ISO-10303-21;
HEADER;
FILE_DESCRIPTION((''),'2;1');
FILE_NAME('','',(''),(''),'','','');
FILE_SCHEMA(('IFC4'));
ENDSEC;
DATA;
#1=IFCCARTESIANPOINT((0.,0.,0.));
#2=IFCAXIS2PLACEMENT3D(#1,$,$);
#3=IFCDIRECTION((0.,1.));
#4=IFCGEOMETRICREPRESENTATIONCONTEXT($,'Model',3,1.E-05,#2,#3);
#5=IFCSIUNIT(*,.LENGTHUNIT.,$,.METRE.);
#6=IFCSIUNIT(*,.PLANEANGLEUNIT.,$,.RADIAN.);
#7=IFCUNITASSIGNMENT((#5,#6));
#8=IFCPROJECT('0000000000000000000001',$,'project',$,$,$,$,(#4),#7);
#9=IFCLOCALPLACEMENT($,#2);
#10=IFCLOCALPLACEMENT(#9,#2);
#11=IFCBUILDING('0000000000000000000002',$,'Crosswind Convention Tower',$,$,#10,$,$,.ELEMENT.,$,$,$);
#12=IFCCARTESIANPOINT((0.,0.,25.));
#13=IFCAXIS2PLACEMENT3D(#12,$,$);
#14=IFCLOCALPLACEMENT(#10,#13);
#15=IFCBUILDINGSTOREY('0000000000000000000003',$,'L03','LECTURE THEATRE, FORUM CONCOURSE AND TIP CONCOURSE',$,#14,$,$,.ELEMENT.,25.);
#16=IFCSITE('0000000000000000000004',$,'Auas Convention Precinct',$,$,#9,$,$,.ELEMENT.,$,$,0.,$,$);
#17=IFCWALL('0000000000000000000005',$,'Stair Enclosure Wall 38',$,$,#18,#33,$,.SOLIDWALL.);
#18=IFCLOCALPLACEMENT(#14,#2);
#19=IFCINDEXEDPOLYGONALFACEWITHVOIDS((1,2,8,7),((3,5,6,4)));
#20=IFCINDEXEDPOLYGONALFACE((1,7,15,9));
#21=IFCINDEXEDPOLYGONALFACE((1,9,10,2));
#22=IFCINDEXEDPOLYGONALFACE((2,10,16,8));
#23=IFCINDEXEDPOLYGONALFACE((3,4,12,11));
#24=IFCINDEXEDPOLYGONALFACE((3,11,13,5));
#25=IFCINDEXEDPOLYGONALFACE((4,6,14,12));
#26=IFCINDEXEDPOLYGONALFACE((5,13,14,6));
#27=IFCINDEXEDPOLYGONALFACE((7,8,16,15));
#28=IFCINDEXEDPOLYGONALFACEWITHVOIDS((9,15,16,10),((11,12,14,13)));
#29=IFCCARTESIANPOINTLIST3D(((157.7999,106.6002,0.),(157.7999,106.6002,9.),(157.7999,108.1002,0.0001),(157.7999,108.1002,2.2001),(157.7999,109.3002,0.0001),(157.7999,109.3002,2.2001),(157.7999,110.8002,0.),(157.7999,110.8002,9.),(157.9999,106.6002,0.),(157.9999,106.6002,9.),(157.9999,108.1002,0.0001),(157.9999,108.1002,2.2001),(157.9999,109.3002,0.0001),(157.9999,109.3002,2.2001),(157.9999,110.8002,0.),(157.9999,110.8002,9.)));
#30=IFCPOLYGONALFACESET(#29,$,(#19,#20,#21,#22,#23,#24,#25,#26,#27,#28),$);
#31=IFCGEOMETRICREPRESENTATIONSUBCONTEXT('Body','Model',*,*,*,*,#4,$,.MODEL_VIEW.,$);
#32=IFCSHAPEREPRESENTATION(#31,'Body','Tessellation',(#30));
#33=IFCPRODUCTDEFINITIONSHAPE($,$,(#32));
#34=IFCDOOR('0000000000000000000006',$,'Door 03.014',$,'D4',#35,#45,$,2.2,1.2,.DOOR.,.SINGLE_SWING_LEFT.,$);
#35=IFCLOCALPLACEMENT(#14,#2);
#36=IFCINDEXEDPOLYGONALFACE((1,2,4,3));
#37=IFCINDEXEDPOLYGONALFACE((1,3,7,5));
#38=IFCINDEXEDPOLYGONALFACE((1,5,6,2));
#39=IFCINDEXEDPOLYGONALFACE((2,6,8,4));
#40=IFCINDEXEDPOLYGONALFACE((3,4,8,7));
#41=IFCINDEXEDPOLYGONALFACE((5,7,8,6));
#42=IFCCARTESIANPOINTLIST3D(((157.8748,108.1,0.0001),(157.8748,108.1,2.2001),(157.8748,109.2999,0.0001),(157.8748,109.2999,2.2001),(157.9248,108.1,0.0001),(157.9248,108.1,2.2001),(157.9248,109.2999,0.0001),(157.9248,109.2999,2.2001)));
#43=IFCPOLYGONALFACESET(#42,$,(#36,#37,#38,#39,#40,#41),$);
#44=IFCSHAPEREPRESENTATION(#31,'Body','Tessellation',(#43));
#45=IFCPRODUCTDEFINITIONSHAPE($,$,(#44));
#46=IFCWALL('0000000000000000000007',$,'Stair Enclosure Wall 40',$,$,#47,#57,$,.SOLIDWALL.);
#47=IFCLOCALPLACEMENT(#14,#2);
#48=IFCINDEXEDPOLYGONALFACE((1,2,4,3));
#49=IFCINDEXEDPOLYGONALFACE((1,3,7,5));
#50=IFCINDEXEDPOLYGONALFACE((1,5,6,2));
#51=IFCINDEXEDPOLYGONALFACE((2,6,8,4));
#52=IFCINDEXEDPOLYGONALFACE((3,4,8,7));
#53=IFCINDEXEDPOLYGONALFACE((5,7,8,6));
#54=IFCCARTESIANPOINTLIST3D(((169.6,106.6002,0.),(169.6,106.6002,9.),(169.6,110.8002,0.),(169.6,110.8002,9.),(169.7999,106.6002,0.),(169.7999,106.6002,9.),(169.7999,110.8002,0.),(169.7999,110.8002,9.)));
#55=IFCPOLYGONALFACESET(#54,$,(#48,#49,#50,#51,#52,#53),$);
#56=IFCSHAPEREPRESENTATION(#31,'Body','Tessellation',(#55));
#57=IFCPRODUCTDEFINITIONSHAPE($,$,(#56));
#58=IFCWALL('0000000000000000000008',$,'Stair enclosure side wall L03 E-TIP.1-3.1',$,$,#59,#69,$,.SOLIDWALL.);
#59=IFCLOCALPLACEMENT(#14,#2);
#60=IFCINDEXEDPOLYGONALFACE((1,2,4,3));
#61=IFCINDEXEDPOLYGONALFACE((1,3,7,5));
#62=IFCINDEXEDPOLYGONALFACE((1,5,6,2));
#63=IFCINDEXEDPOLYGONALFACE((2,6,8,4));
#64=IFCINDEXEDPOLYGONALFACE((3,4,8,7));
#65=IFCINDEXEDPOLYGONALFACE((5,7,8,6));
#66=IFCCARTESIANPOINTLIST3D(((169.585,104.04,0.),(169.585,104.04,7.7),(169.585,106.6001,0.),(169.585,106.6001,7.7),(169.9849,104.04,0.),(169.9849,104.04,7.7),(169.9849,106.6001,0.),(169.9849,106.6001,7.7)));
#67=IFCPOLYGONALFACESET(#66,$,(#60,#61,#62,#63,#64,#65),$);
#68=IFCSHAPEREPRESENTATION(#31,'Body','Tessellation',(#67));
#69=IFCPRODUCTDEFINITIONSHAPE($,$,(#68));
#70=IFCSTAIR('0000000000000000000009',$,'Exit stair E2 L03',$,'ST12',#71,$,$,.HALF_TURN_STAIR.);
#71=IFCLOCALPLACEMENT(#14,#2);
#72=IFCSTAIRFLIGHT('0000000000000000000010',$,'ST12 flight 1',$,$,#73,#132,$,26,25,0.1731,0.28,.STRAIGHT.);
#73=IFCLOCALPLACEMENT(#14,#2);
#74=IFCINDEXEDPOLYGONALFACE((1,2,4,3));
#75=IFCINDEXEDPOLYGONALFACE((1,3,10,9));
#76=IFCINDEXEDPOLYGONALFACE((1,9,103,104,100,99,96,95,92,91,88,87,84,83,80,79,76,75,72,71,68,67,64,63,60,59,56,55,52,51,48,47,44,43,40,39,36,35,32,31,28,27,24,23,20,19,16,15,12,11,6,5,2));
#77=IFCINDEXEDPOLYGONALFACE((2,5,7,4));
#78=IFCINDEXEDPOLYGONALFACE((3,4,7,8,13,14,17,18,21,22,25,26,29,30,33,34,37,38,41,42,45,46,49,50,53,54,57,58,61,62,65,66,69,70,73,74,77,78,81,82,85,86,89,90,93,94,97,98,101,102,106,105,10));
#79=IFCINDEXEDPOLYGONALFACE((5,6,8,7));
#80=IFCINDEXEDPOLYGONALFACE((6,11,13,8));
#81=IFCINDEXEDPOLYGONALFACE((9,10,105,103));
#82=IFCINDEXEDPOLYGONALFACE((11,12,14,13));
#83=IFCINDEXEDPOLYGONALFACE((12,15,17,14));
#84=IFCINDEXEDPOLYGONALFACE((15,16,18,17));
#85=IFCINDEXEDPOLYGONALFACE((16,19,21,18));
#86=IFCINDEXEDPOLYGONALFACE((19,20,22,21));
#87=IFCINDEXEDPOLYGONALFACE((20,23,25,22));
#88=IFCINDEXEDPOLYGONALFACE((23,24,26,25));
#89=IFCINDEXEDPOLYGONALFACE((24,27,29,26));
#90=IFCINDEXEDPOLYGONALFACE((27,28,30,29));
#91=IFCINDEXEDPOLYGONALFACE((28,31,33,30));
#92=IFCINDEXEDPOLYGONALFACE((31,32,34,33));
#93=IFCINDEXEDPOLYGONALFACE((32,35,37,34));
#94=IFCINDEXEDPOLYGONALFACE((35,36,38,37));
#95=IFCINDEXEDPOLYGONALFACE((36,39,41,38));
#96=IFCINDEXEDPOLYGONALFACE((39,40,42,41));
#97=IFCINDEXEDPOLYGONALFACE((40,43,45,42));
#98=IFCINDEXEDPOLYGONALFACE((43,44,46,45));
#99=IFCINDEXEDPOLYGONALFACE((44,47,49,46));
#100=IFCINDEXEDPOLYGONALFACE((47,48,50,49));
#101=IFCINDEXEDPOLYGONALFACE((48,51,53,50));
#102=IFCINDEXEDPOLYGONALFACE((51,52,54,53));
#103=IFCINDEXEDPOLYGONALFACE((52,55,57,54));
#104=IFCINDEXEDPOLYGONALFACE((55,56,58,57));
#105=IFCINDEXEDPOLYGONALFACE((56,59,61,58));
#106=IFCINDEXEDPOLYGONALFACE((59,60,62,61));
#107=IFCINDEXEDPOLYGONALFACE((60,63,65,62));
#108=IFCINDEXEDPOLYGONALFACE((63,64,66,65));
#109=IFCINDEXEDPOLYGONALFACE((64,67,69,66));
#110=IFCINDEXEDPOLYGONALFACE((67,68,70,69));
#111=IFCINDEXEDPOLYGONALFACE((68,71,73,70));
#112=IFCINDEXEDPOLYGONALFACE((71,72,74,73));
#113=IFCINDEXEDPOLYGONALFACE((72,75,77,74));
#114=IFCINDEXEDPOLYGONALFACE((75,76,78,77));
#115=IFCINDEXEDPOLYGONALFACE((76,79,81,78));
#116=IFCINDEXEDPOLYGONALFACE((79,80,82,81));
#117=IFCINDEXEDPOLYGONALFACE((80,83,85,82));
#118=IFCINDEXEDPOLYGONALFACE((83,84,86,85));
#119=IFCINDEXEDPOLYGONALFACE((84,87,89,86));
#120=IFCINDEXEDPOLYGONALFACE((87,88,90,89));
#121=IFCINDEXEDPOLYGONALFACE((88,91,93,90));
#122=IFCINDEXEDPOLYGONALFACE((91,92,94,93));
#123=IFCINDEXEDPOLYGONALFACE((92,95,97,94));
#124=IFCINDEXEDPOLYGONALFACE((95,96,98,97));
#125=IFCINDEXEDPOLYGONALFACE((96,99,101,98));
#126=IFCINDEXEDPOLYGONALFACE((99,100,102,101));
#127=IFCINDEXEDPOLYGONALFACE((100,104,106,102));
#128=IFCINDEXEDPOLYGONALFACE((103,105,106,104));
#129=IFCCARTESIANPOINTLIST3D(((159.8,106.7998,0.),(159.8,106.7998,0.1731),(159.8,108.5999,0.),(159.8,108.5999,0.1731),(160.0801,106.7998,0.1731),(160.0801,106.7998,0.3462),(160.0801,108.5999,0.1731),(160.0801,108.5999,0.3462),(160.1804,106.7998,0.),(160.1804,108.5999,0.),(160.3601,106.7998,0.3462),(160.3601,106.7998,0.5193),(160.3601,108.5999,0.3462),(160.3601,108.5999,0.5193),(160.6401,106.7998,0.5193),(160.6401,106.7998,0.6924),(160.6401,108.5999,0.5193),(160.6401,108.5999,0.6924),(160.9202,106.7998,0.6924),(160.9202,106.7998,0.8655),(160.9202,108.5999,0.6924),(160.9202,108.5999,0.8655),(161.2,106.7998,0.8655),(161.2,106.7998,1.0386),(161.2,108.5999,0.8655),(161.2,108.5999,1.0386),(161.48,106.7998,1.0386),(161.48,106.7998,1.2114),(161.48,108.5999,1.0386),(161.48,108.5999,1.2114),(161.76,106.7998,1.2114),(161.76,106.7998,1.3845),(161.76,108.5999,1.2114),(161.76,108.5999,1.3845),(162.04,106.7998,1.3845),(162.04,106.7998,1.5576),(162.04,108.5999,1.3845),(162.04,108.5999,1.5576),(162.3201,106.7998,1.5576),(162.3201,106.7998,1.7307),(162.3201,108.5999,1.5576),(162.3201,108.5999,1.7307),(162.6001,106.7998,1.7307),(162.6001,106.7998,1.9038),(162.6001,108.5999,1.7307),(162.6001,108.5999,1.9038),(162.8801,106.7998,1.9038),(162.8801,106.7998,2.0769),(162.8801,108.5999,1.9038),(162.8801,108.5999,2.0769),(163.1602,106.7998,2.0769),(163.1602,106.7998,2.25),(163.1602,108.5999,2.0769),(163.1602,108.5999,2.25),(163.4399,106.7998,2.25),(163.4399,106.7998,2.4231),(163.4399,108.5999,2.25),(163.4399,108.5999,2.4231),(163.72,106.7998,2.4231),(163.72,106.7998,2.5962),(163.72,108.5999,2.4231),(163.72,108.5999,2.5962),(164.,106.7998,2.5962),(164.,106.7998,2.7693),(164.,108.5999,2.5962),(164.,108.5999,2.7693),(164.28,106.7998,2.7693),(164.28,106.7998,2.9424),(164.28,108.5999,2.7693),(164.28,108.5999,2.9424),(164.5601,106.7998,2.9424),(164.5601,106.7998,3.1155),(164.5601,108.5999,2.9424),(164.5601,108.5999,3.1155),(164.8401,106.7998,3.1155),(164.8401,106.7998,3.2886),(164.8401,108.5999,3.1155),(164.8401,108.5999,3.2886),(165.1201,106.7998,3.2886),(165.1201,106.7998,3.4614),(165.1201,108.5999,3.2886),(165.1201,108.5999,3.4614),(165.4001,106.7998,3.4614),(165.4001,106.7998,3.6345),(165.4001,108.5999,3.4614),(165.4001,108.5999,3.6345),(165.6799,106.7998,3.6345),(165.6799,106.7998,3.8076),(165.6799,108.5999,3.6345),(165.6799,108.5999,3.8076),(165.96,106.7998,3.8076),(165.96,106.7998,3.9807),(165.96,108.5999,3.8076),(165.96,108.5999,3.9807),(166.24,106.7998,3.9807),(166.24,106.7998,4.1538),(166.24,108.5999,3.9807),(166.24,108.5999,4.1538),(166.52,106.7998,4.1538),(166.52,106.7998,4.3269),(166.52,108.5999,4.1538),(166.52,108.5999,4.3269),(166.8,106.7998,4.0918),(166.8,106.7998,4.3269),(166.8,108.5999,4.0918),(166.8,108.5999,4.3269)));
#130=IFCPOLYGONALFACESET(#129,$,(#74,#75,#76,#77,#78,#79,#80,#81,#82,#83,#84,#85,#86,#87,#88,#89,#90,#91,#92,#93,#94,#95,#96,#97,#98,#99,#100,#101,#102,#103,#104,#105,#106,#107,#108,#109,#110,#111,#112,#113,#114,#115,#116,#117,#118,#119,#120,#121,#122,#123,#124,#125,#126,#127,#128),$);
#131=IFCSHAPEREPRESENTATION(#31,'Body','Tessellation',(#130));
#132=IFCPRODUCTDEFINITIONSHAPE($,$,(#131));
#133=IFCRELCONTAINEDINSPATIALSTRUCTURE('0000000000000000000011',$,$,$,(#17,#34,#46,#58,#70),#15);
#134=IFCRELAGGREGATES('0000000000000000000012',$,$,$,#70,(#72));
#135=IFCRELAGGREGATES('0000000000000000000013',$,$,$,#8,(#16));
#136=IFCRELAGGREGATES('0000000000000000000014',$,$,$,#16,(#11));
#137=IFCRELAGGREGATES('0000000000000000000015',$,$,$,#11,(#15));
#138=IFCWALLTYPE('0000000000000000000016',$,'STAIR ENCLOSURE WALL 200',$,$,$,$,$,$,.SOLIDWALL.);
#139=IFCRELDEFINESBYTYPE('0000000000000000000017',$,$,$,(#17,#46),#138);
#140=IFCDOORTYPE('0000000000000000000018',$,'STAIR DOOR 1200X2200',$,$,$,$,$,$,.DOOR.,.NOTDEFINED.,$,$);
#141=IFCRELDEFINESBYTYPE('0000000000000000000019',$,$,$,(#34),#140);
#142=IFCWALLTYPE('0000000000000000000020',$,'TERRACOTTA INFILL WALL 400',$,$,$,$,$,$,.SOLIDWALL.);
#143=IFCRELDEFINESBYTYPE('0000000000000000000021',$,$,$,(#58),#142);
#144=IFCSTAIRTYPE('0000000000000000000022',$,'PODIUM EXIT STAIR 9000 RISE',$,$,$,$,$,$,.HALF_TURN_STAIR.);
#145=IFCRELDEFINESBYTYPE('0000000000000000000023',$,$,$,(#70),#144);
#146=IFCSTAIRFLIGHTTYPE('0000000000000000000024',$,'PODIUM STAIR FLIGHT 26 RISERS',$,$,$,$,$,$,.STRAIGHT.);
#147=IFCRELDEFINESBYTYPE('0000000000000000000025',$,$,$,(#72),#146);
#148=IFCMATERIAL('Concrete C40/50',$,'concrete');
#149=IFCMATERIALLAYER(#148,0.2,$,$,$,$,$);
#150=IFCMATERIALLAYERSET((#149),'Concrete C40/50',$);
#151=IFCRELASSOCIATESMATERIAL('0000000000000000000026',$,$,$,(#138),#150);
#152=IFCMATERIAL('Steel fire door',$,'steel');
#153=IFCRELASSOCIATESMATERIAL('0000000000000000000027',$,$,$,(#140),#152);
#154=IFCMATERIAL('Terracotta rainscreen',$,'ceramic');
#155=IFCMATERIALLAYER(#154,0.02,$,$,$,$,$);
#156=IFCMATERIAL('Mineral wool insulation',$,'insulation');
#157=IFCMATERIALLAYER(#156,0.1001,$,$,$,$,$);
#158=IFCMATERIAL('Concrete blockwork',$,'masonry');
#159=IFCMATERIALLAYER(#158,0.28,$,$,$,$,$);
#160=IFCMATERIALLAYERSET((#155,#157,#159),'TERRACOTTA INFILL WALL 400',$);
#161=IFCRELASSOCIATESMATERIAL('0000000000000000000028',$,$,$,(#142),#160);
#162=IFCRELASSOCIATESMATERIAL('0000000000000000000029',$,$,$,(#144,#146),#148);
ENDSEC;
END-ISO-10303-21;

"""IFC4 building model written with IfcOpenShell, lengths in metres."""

from ifc_helpers import new_model, si_unit, direction, frame, frame_2d, origin, place, context, subcontext, project, spatial, polyline, rectangle, outline, extrude, material, layer, layer_set, type_object, element, fill, aggregate, save


model = new_model("IFC4")

# Units and contexts
model_context = context("Model", 3, precision=1e-05, world=origin(), true_north=direction((0.0, 1.0)))
body_context = subcontext(model_context, "Body", "Model", "MODEL_VIEW")
ifc_project = project(units=[si_unit("LENGTHUNIT", "METRE"), si_unit("PLANEANGLEUNIT", "RADIAN")], contexts=[model_context])

# Site, building, storey
site_placement = place(None, origin())
site = spatial("IfcSite", under=ifc_project, at=site_placement, Name="Auas Convention Precinct", CompositionType="ELEMENT", RefElevation=0.0)
building_placement = place(site_placement, origin())
building = spatial("IfcBuilding", under=site, at=building_placement, Name="Crosswind Convention Tower", CompositionType="ELEMENT")
storey_placement = place(building_placement, frame((0.0, 0.0, 25.0)))
storey = spatial("IfcBuildingStorey", under=building, at=storey_placement, Name="L03", Description="LECTURE THEATRE, FORUM CONCOURSE AND TIP CONCOURSE", CompositionType="ELEMENT", Elevation=25.0)

# Shared definitions
ifc_material_1 = material(Name="Concrete C40/50", Category="concrete")
ifc_layer_1 = layer(ifc_material_1, 0.2)
ifc_layer_set_1 = layer_set([ifc_layer_1], Name="Concrete C40/50")
wall_type_1 = type_object("IfcWallType", Name="STAIR ENCLOSURE WALL 200", PredefinedType="SOLIDWALL", material=ifc_layer_set_1)

# Wall, opening, door
wall_1_placement = place(storey_placement, frame((157.8999, 106.6001, 0.0), z_axis=(0.0, 0.0, 1.0), x_axis=(0.0, 1.0, 0.0)))
wall_1 = element("IfcWall", 1, at=wall_1_placement, inside=storey, type_object=wall_type_1, Name="Stair Enclosure Wall 38", PredefinedType="SOLIDWALL", context=body_context, shape_type="SweptSolid", body=[
    extrude(rectangle(XDim=4.2, YDim=0.2, at=frame_2d((2.1001, 0.0))), origin(), (0.0, 0.0, 1.0), 9.0),
])
opening_placement = place(wall_1_placement, frame((1.5, 0.0, 0.0)))
opening = element("IfcOpeningElement", 2, at=opening_placement, cuts=wall_1, PredefinedType="OPENING", context=body_context, shape_type="SweptSolid", body=[
    extrude(rectangle(XDim=1.2, YDim=2.2, at=frame_2d((0.6001, 1.1001))), frame((0.0, 0.1099, 0.0), z_axis=(0.0, -1.0, 0.0), x_axis=(1.0, 0.0, 0.0)), (0.0, 0.0, 1.0), 0.22),
])
ifc_material_2 = material(Name="Steel fire door", Category="steel")
door_type = type_object("IfcDoorType", Name="STAIR DOOR 1200X2200", OperationType="NOTDEFINED", PredefinedType="DOOR", material=ifc_material_2)
door_placement = place(opening_placement, frame((1.2, 0.0, 0.0), z_axis=(0.0, 0.0, 1.0), x_axis=(-1.0, 0.0, 0.0)))
door = element("IfcDoor", 3, at=door_placement, inside=storey, type_object=door_type, Name="Door 03.014", ObjectType="D4", OperationType="SINGLE_SWING_LEFT", OverallHeight=2.2, OverallWidth=1.2, PredefinedType="DOOR", context=body_context, shape_type="SweptSolid", body=[
    extrude(rectangle(XDim=1.2, YDim=2.2, at=frame_2d((0.6001, 1.1001))), frame((0.0, 0.0249, 0.0), z_axis=(0.0, -1.0, 0.0), x_axis=(1.0, 0.0, 0.0)), (0.0, 0.0, 1.0), 0.05),
])
fill(opening, door)

# Walls
wall_2_placement = place(storey_placement, frame((169.7, 106.6001, 0.0), z_axis=(0.0, 0.0, 1.0), x_axis=(0.0, 1.0, 0.0)))
element("IfcWall", 4, at=wall_2_placement, inside=storey, type_object=wall_type_1, Name="Stair Enclosure Wall 40", PredefinedType="SOLIDWALL", context=body_context, shape_type="SweptSolid", body=[
    extrude(rectangle(XDim=4.2, YDim=0.2, at=frame_2d((2.1001, 0.0))), origin(), (0.0, 0.0, 1.0), 9.0),
])
ifc_material_3 = material(Name="Terracotta rainscreen", Category="ceramic")
ifc_layer_2 = layer(ifc_material_3, 0.02)
ifc_material_4 = material(Name="Mineral wool insulation", Category="insulation")
ifc_layer_3 = layer(ifc_material_4, 0.1001)
ifc_material_5 = material(Name="Concrete blockwork", Category="masonry")
ifc_layer_4 = layer(ifc_material_5, 0.28)
ifc_layer_set_2 = layer_set([ifc_layer_2, ifc_layer_3, ifc_layer_4], Name="TERRACOTTA INFILL WALL 400")
wall_type_2 = type_object("IfcWallType", Name="TERRACOTTA INFILL WALL 400", PredefinedType="SOLIDWALL", material=ifc_layer_set_2)
wall_3_placement = place(storey_placement, frame((169.7849, 104.04, 0.0), z_axis=(0.0, 0.0, 1.0), x_axis=(0.0, 1.0, 0.0)))
element("IfcWall", 5, at=wall_3_placement, inside=storey, type_object=wall_type_2, Name="Stair enclosure side wall L03 E-TIP.1-3.1", PredefinedType="SOLIDWALL", context=body_context, shape_type="SweptSolid", body=[
    extrude(rectangle(XDim=2.5601, YDim=0.3999, at=frame_2d((1.28, 0.0))), origin(), (0.0, 0.0, 1.0), 7.7),
])

# Stair, stair flight
stair_type = type_object("IfcStairType", Name="PODIUM EXIT STAIR 9000 RISE", PredefinedType="HALF_TURN_STAIR", material=ifc_material_1)
stair_placement = place(storey_placement, origin())
stair = element("IfcStair", 6, at=stair_placement, inside=storey, type_object=stair_type, Name="Exit stair E2 L03", ObjectType="ST12", PredefinedType="HALF_TURN_STAIR")
stair_flight_type = type_object("IfcStairFlightType", Name="PODIUM STAIR FLIGHT 26 RISERS", PredefinedType="STRAIGHT", material=ifc_material_1)
stair_flight_1_placement = place(storey_placement, frame((159.8, 107.7, 0.0), z_axis=(0.0, 0.0, 1.0), x_axis=(1.0, 0.0, 0.0)))
stair_flight_1 = element("IfcStairFlight", 7, at=stair_flight_1_placement, type_object=stair_flight_type, Name="ST12 flight 1", NumberOfRisers=26, NumberOfTreads=25, PredefinedType="STRAIGHT", RiserHeight=0.1731, TreadLength=0.28, context=body_context, shape_type="SweptSolid", body=[
    extrude(outline(polyline([(0.0, 0.0), (0.0, 0.1731), (0.28, 0.1731), (0.28, 0.3462), (0.5601, 0.3462), (0.5601, 0.5193), (0.8401, 0.5193), (0.8401, 0.6924), (1.1201, 0.6924), (1.1201, 0.8655), (1.3999, 0.8655), (1.3999, 1.0386), (1.6799, 1.0386), (1.6799, 1.2114), (1.96, 1.2114), (1.96, 1.3845), (2.24, 1.3845), (2.24, 1.5576), (2.52, 1.5576), (2.52, 1.7307), (2.8, 1.7307), (2.8, 1.9038), (3.0801, 1.9038), (3.0801, 2.0769), (3.3601, 2.0769), (3.3601, 2.25), (3.6399, 2.25), (3.6399, 2.4231), (3.9199, 2.4231), (3.9199, 2.5962), (4.2, 2.5962), (4.2, 2.7693), (4.48, 2.7693), (4.48, 2.9424), (4.76, 2.9424), (4.76, 3.1155), (5.04, 3.1155), (5.04, 3.2886), (5.3201, 3.2886), (5.3201, 3.4614), (5.6001, 3.4614), (5.6001, 3.6345), (5.8799, 3.6345), (5.8799, 3.8076), (6.1599, 3.8076), (6.1599, 3.9807), (6.4399, 3.9807), (6.4399, 4.1538), (6.72, 4.1538), (6.72, 4.3269), (7.0, 4.3269), (7.0, 4.5), (7.0, 4.0918), (0.3804, 0.0), (0.0, 0.0)])), frame((0.0, 0.8999, 0.0), z_axis=(0.0, -1.0, 0.0), x_axis=(1.0, 0.0, 0.0)), (0.0, 0.0, 1.0), 1.8),
])
aggregate(stair, [stair_flight_1])

save(model, "model.ifc")
